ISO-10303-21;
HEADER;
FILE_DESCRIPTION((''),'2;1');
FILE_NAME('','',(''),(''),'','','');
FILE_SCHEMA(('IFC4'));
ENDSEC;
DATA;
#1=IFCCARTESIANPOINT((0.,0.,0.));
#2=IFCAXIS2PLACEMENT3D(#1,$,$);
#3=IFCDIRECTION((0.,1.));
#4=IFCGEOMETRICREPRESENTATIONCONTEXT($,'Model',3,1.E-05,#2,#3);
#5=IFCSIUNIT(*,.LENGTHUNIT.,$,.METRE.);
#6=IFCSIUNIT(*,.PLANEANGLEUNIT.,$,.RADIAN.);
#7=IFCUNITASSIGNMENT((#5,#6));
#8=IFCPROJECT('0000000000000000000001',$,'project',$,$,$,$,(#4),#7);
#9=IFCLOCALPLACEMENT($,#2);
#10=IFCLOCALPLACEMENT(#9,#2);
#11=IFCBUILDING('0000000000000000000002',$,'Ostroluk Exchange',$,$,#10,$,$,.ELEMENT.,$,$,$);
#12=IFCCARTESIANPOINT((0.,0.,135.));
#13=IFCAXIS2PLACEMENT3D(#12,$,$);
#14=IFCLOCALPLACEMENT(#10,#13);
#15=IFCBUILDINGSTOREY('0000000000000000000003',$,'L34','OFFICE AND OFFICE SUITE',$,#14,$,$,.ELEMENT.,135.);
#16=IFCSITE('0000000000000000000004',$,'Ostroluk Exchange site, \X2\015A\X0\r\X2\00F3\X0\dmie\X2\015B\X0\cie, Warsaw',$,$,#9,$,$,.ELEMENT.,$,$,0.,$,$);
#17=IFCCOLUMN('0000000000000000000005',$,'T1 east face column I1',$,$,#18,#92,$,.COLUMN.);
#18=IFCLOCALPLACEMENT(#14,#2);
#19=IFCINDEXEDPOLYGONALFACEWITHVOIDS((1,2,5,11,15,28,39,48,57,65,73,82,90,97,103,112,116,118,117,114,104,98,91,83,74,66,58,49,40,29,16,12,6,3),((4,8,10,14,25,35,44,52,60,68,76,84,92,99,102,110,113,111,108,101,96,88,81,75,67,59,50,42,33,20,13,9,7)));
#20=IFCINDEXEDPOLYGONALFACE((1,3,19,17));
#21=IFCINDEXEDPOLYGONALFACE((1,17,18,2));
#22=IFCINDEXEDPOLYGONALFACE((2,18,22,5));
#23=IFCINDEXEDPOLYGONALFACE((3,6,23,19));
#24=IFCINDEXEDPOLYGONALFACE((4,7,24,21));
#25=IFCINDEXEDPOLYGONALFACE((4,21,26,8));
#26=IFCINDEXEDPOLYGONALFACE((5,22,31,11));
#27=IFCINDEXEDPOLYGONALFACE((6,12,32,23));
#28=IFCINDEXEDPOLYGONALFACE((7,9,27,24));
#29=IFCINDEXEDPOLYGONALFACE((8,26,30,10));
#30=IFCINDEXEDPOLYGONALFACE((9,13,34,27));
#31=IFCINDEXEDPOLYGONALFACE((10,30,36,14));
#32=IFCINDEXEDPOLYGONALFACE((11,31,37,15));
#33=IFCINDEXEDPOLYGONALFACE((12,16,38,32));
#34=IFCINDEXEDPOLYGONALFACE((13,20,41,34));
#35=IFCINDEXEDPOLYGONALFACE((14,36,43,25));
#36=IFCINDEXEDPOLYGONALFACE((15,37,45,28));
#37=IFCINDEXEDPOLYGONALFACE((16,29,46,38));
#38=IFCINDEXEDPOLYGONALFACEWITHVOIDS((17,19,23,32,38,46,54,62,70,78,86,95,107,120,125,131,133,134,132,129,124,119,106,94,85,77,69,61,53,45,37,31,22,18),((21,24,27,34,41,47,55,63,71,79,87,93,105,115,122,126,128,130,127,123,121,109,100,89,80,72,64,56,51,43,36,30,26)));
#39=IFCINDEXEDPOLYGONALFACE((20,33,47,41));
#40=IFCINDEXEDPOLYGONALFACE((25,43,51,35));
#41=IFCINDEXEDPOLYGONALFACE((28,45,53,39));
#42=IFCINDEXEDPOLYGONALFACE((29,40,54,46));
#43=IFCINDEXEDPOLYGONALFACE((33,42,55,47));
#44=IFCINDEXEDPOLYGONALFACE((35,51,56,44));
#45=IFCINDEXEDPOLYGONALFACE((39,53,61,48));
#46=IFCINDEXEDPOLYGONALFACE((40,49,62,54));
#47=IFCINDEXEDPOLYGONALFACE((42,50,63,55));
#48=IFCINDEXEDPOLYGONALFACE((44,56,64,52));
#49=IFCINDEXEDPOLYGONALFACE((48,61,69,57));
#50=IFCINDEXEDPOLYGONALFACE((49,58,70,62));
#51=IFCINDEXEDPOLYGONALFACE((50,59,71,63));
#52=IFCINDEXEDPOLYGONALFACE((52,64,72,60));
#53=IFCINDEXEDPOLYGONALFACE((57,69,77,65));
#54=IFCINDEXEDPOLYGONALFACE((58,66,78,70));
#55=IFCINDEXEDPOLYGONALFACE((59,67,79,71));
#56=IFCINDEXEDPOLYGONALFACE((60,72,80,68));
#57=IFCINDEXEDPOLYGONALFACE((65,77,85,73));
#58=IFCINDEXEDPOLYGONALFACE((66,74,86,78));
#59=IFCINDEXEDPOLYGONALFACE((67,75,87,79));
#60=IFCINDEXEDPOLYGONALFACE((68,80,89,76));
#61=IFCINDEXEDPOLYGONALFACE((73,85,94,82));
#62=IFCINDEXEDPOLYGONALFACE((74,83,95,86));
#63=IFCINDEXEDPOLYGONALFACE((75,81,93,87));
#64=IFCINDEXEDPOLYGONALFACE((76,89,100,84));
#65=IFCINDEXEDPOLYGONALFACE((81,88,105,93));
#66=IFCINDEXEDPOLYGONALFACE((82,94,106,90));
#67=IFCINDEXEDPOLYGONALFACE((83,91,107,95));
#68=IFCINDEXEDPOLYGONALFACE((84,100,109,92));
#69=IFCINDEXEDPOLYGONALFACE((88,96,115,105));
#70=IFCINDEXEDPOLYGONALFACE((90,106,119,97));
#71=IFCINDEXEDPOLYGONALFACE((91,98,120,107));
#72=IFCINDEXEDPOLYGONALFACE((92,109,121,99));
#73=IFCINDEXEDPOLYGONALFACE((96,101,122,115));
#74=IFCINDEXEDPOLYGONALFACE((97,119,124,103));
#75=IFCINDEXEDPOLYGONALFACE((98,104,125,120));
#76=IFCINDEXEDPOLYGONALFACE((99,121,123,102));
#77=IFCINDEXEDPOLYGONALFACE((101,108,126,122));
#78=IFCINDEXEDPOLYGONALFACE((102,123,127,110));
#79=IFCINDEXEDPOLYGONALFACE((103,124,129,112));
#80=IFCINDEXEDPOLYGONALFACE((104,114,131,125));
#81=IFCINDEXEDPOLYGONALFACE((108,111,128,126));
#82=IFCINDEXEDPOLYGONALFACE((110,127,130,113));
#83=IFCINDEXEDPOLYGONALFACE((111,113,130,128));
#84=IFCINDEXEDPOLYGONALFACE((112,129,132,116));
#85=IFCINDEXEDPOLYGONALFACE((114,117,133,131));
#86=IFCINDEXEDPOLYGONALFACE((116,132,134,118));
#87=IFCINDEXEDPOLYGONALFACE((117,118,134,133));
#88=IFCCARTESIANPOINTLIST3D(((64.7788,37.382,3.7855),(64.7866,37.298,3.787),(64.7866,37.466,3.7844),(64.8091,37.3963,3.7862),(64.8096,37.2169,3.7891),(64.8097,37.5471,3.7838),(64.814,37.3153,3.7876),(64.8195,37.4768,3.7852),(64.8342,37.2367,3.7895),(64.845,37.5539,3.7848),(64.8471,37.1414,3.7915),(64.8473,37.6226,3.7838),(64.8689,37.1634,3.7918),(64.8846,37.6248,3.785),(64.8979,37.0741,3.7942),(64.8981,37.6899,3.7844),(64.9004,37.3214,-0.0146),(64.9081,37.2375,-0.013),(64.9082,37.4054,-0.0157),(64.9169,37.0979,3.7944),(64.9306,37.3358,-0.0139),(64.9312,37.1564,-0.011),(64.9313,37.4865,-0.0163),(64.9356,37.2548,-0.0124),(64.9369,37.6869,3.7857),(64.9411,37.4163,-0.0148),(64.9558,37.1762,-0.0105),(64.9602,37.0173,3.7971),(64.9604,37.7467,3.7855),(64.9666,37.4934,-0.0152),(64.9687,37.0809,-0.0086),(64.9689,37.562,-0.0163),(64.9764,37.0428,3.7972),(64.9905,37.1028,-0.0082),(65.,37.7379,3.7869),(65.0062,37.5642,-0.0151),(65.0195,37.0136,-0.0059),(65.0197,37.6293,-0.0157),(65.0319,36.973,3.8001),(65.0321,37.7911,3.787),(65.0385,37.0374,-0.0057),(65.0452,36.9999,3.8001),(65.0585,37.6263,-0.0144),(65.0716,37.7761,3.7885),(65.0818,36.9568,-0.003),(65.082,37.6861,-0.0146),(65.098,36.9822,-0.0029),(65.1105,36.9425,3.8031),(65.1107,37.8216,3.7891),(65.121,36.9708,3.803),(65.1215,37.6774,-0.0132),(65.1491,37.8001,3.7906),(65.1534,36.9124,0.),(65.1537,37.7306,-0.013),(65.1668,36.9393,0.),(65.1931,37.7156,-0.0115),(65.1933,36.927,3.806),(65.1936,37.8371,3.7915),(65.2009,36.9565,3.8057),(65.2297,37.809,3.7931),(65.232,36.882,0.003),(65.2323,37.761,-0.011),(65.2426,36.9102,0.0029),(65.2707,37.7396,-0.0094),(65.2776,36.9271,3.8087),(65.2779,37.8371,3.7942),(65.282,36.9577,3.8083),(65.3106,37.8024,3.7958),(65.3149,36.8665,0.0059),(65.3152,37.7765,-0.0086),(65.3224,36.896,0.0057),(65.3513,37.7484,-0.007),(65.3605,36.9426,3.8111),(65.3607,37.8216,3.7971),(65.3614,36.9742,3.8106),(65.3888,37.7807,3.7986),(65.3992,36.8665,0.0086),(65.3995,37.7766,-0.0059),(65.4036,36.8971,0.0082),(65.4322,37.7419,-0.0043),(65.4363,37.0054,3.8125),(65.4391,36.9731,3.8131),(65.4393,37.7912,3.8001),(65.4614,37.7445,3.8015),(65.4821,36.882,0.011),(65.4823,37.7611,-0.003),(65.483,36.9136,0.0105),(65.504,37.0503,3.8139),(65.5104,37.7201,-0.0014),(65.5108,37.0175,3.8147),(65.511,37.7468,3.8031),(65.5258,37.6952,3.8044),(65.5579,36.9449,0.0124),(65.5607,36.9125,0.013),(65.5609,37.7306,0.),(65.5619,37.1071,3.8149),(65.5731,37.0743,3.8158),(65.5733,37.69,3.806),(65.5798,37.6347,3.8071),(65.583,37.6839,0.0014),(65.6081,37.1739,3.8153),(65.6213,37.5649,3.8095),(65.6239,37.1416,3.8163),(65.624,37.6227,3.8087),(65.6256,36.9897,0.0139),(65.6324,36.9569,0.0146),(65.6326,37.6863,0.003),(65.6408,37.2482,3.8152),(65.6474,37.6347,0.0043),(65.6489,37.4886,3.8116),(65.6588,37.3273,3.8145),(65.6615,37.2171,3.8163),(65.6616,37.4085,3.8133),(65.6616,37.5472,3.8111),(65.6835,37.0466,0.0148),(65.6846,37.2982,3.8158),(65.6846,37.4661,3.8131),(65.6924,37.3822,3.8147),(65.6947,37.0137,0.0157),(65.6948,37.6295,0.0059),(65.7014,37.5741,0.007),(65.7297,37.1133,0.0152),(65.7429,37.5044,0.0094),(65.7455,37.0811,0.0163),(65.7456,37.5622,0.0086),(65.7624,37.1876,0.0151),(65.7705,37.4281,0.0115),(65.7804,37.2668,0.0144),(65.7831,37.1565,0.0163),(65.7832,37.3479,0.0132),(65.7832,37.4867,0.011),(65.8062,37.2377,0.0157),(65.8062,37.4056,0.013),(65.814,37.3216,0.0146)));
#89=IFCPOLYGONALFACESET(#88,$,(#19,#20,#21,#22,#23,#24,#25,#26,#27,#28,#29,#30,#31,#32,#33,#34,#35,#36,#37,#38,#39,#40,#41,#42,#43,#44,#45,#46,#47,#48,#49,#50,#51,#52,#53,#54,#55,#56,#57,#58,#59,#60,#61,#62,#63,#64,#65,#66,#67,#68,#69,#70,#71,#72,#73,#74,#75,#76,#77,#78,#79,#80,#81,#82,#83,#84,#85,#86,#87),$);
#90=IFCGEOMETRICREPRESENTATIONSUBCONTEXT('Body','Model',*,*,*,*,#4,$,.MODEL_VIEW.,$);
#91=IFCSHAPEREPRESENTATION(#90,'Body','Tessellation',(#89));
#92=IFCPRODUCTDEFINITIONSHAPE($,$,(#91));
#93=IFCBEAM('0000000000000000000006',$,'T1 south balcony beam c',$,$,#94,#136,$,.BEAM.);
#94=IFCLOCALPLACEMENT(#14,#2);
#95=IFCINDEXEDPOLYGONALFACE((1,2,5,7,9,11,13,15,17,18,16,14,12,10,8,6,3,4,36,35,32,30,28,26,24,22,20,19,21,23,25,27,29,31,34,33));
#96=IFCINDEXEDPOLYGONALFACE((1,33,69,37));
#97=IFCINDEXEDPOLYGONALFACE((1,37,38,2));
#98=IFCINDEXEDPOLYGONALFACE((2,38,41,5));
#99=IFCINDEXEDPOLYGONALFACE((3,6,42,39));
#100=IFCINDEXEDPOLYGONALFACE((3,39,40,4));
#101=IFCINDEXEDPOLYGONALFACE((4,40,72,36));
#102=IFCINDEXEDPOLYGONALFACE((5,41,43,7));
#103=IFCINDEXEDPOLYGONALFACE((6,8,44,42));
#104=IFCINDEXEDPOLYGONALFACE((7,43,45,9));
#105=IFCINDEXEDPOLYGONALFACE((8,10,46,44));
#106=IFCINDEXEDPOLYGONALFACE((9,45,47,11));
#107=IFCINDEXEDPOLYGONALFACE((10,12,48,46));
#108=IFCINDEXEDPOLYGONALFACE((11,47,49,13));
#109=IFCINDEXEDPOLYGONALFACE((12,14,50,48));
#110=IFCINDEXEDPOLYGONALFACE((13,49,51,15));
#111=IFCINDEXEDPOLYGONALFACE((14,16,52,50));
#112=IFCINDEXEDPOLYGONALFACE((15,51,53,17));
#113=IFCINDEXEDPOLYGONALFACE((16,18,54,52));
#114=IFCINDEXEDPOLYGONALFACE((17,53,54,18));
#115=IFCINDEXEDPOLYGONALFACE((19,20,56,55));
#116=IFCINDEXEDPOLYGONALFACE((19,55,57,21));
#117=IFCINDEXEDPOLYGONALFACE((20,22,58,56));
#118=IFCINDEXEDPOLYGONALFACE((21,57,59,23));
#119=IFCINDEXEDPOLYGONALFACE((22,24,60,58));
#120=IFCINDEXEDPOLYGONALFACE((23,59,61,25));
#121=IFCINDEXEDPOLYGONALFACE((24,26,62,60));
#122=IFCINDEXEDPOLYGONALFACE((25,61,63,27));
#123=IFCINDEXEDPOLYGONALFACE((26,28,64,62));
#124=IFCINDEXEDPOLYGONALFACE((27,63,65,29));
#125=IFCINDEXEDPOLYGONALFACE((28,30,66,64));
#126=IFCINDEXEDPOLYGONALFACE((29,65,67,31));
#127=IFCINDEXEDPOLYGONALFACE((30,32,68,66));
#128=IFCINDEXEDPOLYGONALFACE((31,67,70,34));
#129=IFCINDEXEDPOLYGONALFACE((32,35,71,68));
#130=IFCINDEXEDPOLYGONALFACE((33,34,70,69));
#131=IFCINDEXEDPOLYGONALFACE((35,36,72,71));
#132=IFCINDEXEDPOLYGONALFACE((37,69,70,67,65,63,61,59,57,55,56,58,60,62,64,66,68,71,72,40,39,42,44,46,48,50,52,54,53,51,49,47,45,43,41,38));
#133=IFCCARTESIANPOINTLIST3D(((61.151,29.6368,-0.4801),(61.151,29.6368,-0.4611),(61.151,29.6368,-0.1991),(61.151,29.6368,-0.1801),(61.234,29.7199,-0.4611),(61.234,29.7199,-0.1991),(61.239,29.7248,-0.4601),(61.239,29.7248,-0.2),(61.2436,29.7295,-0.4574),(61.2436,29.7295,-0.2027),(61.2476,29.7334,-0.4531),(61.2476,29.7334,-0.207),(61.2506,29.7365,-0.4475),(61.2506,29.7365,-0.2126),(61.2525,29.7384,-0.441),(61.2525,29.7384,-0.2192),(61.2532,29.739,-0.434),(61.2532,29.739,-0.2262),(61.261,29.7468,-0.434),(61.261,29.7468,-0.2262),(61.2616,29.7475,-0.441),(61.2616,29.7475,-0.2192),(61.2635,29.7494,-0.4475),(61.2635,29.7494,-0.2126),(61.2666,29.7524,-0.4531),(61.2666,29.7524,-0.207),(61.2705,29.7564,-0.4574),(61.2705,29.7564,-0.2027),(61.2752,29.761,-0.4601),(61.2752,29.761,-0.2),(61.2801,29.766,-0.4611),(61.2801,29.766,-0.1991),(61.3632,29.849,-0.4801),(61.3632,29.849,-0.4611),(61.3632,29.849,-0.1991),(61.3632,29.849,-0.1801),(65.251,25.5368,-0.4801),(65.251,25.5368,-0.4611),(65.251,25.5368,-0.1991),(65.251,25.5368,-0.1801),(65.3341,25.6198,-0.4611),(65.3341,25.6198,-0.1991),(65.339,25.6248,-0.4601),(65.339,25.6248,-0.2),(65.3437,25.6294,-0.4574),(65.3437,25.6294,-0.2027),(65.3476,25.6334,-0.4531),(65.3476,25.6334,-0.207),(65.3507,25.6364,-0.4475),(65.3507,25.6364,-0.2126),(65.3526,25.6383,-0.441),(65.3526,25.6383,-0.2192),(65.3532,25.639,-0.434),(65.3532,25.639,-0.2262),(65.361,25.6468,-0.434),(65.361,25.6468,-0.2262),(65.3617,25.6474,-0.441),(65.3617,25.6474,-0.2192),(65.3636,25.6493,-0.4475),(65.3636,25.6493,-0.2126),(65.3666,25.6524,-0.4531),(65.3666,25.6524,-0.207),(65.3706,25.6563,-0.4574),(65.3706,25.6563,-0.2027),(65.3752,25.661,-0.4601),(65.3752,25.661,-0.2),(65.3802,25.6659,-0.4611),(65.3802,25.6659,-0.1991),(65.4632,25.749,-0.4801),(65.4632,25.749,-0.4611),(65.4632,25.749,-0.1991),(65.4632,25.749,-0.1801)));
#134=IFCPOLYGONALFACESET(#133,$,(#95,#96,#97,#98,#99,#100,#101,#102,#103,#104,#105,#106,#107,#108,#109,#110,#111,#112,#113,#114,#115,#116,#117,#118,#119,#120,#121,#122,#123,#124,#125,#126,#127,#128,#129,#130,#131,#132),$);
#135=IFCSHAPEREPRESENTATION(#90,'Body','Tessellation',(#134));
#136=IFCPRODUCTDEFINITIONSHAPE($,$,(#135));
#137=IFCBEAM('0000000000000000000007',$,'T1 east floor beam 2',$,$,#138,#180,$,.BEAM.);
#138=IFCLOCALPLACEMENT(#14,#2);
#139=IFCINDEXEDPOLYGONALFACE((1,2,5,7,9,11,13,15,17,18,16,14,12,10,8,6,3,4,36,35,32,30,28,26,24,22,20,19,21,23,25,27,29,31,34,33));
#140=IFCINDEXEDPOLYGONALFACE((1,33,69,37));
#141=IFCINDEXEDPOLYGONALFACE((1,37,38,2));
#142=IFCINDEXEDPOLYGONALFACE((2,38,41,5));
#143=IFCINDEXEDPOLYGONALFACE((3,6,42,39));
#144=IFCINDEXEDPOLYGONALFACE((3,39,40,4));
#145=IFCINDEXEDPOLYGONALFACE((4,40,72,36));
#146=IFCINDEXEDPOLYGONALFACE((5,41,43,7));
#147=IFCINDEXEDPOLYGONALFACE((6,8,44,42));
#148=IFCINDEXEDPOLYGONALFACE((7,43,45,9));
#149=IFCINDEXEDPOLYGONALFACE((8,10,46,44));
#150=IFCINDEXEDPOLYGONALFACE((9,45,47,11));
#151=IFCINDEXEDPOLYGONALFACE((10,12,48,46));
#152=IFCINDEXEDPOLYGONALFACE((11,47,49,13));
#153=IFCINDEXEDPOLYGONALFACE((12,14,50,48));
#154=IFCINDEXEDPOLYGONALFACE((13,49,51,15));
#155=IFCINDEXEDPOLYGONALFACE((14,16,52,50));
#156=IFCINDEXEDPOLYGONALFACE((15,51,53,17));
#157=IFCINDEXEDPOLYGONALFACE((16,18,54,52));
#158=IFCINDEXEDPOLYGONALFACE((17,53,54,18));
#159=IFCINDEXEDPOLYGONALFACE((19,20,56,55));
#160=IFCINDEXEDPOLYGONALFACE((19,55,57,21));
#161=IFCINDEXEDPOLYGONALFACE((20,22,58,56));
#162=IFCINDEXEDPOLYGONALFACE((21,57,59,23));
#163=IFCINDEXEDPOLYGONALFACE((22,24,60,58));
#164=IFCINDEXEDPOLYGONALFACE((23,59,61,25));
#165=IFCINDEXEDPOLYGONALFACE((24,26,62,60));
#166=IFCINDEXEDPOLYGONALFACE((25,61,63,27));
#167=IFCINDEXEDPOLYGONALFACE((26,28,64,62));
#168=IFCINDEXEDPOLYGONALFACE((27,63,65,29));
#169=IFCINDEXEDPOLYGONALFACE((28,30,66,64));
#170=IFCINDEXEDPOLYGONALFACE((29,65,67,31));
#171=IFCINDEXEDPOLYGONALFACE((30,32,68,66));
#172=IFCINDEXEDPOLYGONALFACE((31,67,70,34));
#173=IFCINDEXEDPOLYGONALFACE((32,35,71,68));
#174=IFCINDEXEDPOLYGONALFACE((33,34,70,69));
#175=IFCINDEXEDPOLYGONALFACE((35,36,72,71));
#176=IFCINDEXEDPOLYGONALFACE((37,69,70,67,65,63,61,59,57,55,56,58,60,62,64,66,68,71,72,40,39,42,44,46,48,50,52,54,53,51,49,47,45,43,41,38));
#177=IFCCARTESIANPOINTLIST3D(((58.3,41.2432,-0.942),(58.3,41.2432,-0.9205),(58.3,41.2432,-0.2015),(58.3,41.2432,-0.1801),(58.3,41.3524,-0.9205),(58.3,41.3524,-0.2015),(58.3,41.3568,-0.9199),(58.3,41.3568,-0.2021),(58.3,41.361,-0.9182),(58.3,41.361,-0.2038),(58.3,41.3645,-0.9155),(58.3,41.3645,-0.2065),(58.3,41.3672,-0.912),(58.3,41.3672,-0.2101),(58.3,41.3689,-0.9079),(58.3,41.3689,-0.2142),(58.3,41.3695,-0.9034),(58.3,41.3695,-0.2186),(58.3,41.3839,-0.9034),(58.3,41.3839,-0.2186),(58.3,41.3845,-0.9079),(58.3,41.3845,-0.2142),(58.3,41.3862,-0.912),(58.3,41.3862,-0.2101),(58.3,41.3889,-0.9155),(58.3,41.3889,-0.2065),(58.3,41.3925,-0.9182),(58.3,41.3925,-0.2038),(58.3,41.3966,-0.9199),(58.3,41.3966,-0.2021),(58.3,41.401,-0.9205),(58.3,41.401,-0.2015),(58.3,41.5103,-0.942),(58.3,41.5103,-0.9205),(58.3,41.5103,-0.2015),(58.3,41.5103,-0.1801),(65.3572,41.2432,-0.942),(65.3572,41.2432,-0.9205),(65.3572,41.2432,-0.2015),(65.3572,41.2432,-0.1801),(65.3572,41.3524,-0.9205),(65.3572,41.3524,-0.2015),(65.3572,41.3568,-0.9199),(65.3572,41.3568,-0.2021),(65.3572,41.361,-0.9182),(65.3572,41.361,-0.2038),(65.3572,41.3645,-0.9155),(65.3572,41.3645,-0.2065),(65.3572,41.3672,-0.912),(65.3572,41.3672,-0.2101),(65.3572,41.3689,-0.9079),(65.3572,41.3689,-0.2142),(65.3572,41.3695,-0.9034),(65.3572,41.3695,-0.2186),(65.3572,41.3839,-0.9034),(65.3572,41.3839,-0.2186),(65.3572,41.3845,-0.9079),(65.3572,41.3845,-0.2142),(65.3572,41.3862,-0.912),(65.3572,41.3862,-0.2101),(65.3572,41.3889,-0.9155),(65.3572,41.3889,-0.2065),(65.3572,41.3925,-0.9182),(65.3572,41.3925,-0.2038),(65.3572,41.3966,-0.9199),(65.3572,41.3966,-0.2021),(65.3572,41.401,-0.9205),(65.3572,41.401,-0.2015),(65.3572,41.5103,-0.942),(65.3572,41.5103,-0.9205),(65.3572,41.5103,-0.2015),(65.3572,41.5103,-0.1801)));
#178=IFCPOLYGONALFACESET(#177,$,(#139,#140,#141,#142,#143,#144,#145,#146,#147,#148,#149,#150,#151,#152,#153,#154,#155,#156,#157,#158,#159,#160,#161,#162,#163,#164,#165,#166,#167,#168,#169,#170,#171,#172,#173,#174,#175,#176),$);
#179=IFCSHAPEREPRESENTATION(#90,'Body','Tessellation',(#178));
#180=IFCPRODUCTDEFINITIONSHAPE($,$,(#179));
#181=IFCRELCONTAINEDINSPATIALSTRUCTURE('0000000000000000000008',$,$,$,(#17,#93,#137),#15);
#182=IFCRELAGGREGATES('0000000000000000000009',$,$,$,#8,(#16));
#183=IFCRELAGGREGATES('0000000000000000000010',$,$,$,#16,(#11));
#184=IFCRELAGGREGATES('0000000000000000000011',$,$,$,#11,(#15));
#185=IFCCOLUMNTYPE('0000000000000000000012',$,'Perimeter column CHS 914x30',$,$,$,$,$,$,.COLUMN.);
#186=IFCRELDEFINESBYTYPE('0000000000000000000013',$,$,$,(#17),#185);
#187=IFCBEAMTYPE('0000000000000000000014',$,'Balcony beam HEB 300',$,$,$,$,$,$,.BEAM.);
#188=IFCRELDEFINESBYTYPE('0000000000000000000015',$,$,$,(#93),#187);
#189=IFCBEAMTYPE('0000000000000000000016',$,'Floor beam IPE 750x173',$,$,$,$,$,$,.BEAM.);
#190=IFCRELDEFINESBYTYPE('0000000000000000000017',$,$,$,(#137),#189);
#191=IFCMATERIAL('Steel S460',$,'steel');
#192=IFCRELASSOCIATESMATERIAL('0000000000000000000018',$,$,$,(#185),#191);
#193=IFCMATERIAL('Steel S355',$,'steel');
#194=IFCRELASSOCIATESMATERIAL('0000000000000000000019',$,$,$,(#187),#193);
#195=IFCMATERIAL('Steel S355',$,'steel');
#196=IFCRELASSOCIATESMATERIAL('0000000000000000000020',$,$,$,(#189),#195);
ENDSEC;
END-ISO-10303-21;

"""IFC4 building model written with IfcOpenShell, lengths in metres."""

from ifc_helpers import new_model, si_unit, direction, frame, origin, origin_2d, place, context, subcontext, project, spatial, hollow_circle, i_section, extrude, material, material_profile, profile_set, type_object, element, save


model = new_model("IFC4")

# Units and contexts
model_context = context("Model", 3, precision=1e-05, world=origin(), true_north=direction((0.0, 1.0)))
body_context = subcontext(model_context, "Body", "Model", "MODEL_VIEW")
ifc_project = project(units=[si_unit("LENGTHUNIT", "METRE"), si_unit("PLANEANGLEUNIT", "RADIAN")], contexts=[model_context])

# Site, building, storey
site_placement = place(None, origin())
site = spatial("IfcSite", under=ifc_project, at=site_placement, Name="Ostroluk Exchange site, Śródmieście, Warsaw", CompositionType="ELEMENT", RefElevation=0.0)
building_placement = place(site_placement, origin())
building = spatial("IfcBuilding", under=site, at=building_placement, Name="Ostroluk Exchange", CompositionType="ELEMENT")
storey_placement = place(building_placement, frame((0.0, 0.0, 135.0)))
storey = spatial("IfcBuildingStorey", under=building, at=storey_placement, Name="L34", Description="OFFICE AND OFFICE SUITE", CompositionType="ELEMENT", Elevation=135.0)

# Column
ifc_material_1 = material(Name="Steel S460", Category="steel")
ifc_material_profile_1 = material_profile(ifc_material_1, hollow_circle(Radius=0.457, WallThickness=0.03, at=origin_2d()), Name="CHS 914x30")
ifc_profile_set_1 = profile_set([ifc_material_profile_1], Name="Steel S460")
column_type = type_object("IfcColumnType", Name="Perimeter column CHS 914x30", PredefinedType="COLUMN", material=ifc_profile_set_1)
column_placement = place(storey_placement, frame((65.3572, 37.3215, 0.0), z_axis=(-0.031974, 0.015923, 0.999362), x_axis=(-0.445775, -0.895145, 0.0)))
element("IfcColumn", 1, at=column_placement, inside=storey, type_object=column_type, Name="T1 east face column I1", PredefinedType="COLUMN", context=body_context, shape_type="SweptSolid", body=[
    extrude(hollow_circle(Radius=0.457, WallThickness=0.03, at=origin_2d()), origin(), (0.0, 0.0, 1.0), 3.8025),
])

# Beams
ifc_material_2 = material(Name="Steel S355", Category="steel")
ifc_material_profile_2 = material_profile(ifc_material_2, i_section(OverallWidth=0.3, OverallDepth=0.3, WebThickness=0.011, FlangeThickness=0.019, FilletRadius=0.0271, at=origin_2d()), Name="HEB 300")
ifc_profile_set_2 = profile_set([ifc_material_profile_2], Name="Steel S355")
beam_type_1 = type_object("IfcBeamType", Name="Balcony beam HEB 300", PredefinedType="BEAM", material=ifc_profile_set_2)
beam_1_placement = place(storey_placement, frame((61.2571, 29.7429, -0.3301), z_axis=(0.707107, -0.707107, 0.0), x_axis=(0.707107, 0.707107, 0.0)))
element("IfcBeam", 2, at=beam_1_placement, inside=storey, type_object=beam_type_1, Name="T1 south balcony beam c", PredefinedType="BEAM", context=body_context, shape_type="SweptSolid", body=[
    extrude(i_section(OverallWidth=0.3, OverallDepth=0.3, WebThickness=0.011, FlangeThickness=0.019, FilletRadius=0.0271, at=origin_2d()), origin(), (0.0, 0.0, 1.0), 5.7983),
])
ifc_material_3 = material(Name="Steel S355", Category="steel")
ifc_material_profile_3 = material_profile(ifc_material_3, i_section(OverallWidth=0.2671, OverallDepth=0.762, WebThickness=0.0144, FlangeThickness=0.0215, FilletRadius=0.0171, at=origin_2d()), Name="IPE 750x173")
ifc_profile_set_3 = profile_set([ifc_material_profile_3], Name="Steel S355")
beam_type_2 = type_object("IfcBeamType", Name="Floor beam IPE 750x173", PredefinedType="BEAM", material=ifc_profile_set_3)
beam_2_placement = place(storey_placement, frame((58.3, 41.3767, -0.561), z_axis=(1.0, 0.0, 0.0), x_axis=(0.0, 1.0, 0.0)))
element("IfcBeam", 3, at=beam_2_placement, inside=storey, type_object=beam_type_2, Name="T1 east floor beam 2", PredefinedType="BEAM", context=body_context, shape_type="SweptSolid", body=[
    extrude(i_section(OverallWidth=0.2671, OverallDepth=0.762, WebThickness=0.0144, FlangeThickness=0.0215, FilletRadius=0.0171, at=origin_2d()), origin(), (0.0, 0.0, 1.0), 7.0571),
])

save(model, "model.ifc")
